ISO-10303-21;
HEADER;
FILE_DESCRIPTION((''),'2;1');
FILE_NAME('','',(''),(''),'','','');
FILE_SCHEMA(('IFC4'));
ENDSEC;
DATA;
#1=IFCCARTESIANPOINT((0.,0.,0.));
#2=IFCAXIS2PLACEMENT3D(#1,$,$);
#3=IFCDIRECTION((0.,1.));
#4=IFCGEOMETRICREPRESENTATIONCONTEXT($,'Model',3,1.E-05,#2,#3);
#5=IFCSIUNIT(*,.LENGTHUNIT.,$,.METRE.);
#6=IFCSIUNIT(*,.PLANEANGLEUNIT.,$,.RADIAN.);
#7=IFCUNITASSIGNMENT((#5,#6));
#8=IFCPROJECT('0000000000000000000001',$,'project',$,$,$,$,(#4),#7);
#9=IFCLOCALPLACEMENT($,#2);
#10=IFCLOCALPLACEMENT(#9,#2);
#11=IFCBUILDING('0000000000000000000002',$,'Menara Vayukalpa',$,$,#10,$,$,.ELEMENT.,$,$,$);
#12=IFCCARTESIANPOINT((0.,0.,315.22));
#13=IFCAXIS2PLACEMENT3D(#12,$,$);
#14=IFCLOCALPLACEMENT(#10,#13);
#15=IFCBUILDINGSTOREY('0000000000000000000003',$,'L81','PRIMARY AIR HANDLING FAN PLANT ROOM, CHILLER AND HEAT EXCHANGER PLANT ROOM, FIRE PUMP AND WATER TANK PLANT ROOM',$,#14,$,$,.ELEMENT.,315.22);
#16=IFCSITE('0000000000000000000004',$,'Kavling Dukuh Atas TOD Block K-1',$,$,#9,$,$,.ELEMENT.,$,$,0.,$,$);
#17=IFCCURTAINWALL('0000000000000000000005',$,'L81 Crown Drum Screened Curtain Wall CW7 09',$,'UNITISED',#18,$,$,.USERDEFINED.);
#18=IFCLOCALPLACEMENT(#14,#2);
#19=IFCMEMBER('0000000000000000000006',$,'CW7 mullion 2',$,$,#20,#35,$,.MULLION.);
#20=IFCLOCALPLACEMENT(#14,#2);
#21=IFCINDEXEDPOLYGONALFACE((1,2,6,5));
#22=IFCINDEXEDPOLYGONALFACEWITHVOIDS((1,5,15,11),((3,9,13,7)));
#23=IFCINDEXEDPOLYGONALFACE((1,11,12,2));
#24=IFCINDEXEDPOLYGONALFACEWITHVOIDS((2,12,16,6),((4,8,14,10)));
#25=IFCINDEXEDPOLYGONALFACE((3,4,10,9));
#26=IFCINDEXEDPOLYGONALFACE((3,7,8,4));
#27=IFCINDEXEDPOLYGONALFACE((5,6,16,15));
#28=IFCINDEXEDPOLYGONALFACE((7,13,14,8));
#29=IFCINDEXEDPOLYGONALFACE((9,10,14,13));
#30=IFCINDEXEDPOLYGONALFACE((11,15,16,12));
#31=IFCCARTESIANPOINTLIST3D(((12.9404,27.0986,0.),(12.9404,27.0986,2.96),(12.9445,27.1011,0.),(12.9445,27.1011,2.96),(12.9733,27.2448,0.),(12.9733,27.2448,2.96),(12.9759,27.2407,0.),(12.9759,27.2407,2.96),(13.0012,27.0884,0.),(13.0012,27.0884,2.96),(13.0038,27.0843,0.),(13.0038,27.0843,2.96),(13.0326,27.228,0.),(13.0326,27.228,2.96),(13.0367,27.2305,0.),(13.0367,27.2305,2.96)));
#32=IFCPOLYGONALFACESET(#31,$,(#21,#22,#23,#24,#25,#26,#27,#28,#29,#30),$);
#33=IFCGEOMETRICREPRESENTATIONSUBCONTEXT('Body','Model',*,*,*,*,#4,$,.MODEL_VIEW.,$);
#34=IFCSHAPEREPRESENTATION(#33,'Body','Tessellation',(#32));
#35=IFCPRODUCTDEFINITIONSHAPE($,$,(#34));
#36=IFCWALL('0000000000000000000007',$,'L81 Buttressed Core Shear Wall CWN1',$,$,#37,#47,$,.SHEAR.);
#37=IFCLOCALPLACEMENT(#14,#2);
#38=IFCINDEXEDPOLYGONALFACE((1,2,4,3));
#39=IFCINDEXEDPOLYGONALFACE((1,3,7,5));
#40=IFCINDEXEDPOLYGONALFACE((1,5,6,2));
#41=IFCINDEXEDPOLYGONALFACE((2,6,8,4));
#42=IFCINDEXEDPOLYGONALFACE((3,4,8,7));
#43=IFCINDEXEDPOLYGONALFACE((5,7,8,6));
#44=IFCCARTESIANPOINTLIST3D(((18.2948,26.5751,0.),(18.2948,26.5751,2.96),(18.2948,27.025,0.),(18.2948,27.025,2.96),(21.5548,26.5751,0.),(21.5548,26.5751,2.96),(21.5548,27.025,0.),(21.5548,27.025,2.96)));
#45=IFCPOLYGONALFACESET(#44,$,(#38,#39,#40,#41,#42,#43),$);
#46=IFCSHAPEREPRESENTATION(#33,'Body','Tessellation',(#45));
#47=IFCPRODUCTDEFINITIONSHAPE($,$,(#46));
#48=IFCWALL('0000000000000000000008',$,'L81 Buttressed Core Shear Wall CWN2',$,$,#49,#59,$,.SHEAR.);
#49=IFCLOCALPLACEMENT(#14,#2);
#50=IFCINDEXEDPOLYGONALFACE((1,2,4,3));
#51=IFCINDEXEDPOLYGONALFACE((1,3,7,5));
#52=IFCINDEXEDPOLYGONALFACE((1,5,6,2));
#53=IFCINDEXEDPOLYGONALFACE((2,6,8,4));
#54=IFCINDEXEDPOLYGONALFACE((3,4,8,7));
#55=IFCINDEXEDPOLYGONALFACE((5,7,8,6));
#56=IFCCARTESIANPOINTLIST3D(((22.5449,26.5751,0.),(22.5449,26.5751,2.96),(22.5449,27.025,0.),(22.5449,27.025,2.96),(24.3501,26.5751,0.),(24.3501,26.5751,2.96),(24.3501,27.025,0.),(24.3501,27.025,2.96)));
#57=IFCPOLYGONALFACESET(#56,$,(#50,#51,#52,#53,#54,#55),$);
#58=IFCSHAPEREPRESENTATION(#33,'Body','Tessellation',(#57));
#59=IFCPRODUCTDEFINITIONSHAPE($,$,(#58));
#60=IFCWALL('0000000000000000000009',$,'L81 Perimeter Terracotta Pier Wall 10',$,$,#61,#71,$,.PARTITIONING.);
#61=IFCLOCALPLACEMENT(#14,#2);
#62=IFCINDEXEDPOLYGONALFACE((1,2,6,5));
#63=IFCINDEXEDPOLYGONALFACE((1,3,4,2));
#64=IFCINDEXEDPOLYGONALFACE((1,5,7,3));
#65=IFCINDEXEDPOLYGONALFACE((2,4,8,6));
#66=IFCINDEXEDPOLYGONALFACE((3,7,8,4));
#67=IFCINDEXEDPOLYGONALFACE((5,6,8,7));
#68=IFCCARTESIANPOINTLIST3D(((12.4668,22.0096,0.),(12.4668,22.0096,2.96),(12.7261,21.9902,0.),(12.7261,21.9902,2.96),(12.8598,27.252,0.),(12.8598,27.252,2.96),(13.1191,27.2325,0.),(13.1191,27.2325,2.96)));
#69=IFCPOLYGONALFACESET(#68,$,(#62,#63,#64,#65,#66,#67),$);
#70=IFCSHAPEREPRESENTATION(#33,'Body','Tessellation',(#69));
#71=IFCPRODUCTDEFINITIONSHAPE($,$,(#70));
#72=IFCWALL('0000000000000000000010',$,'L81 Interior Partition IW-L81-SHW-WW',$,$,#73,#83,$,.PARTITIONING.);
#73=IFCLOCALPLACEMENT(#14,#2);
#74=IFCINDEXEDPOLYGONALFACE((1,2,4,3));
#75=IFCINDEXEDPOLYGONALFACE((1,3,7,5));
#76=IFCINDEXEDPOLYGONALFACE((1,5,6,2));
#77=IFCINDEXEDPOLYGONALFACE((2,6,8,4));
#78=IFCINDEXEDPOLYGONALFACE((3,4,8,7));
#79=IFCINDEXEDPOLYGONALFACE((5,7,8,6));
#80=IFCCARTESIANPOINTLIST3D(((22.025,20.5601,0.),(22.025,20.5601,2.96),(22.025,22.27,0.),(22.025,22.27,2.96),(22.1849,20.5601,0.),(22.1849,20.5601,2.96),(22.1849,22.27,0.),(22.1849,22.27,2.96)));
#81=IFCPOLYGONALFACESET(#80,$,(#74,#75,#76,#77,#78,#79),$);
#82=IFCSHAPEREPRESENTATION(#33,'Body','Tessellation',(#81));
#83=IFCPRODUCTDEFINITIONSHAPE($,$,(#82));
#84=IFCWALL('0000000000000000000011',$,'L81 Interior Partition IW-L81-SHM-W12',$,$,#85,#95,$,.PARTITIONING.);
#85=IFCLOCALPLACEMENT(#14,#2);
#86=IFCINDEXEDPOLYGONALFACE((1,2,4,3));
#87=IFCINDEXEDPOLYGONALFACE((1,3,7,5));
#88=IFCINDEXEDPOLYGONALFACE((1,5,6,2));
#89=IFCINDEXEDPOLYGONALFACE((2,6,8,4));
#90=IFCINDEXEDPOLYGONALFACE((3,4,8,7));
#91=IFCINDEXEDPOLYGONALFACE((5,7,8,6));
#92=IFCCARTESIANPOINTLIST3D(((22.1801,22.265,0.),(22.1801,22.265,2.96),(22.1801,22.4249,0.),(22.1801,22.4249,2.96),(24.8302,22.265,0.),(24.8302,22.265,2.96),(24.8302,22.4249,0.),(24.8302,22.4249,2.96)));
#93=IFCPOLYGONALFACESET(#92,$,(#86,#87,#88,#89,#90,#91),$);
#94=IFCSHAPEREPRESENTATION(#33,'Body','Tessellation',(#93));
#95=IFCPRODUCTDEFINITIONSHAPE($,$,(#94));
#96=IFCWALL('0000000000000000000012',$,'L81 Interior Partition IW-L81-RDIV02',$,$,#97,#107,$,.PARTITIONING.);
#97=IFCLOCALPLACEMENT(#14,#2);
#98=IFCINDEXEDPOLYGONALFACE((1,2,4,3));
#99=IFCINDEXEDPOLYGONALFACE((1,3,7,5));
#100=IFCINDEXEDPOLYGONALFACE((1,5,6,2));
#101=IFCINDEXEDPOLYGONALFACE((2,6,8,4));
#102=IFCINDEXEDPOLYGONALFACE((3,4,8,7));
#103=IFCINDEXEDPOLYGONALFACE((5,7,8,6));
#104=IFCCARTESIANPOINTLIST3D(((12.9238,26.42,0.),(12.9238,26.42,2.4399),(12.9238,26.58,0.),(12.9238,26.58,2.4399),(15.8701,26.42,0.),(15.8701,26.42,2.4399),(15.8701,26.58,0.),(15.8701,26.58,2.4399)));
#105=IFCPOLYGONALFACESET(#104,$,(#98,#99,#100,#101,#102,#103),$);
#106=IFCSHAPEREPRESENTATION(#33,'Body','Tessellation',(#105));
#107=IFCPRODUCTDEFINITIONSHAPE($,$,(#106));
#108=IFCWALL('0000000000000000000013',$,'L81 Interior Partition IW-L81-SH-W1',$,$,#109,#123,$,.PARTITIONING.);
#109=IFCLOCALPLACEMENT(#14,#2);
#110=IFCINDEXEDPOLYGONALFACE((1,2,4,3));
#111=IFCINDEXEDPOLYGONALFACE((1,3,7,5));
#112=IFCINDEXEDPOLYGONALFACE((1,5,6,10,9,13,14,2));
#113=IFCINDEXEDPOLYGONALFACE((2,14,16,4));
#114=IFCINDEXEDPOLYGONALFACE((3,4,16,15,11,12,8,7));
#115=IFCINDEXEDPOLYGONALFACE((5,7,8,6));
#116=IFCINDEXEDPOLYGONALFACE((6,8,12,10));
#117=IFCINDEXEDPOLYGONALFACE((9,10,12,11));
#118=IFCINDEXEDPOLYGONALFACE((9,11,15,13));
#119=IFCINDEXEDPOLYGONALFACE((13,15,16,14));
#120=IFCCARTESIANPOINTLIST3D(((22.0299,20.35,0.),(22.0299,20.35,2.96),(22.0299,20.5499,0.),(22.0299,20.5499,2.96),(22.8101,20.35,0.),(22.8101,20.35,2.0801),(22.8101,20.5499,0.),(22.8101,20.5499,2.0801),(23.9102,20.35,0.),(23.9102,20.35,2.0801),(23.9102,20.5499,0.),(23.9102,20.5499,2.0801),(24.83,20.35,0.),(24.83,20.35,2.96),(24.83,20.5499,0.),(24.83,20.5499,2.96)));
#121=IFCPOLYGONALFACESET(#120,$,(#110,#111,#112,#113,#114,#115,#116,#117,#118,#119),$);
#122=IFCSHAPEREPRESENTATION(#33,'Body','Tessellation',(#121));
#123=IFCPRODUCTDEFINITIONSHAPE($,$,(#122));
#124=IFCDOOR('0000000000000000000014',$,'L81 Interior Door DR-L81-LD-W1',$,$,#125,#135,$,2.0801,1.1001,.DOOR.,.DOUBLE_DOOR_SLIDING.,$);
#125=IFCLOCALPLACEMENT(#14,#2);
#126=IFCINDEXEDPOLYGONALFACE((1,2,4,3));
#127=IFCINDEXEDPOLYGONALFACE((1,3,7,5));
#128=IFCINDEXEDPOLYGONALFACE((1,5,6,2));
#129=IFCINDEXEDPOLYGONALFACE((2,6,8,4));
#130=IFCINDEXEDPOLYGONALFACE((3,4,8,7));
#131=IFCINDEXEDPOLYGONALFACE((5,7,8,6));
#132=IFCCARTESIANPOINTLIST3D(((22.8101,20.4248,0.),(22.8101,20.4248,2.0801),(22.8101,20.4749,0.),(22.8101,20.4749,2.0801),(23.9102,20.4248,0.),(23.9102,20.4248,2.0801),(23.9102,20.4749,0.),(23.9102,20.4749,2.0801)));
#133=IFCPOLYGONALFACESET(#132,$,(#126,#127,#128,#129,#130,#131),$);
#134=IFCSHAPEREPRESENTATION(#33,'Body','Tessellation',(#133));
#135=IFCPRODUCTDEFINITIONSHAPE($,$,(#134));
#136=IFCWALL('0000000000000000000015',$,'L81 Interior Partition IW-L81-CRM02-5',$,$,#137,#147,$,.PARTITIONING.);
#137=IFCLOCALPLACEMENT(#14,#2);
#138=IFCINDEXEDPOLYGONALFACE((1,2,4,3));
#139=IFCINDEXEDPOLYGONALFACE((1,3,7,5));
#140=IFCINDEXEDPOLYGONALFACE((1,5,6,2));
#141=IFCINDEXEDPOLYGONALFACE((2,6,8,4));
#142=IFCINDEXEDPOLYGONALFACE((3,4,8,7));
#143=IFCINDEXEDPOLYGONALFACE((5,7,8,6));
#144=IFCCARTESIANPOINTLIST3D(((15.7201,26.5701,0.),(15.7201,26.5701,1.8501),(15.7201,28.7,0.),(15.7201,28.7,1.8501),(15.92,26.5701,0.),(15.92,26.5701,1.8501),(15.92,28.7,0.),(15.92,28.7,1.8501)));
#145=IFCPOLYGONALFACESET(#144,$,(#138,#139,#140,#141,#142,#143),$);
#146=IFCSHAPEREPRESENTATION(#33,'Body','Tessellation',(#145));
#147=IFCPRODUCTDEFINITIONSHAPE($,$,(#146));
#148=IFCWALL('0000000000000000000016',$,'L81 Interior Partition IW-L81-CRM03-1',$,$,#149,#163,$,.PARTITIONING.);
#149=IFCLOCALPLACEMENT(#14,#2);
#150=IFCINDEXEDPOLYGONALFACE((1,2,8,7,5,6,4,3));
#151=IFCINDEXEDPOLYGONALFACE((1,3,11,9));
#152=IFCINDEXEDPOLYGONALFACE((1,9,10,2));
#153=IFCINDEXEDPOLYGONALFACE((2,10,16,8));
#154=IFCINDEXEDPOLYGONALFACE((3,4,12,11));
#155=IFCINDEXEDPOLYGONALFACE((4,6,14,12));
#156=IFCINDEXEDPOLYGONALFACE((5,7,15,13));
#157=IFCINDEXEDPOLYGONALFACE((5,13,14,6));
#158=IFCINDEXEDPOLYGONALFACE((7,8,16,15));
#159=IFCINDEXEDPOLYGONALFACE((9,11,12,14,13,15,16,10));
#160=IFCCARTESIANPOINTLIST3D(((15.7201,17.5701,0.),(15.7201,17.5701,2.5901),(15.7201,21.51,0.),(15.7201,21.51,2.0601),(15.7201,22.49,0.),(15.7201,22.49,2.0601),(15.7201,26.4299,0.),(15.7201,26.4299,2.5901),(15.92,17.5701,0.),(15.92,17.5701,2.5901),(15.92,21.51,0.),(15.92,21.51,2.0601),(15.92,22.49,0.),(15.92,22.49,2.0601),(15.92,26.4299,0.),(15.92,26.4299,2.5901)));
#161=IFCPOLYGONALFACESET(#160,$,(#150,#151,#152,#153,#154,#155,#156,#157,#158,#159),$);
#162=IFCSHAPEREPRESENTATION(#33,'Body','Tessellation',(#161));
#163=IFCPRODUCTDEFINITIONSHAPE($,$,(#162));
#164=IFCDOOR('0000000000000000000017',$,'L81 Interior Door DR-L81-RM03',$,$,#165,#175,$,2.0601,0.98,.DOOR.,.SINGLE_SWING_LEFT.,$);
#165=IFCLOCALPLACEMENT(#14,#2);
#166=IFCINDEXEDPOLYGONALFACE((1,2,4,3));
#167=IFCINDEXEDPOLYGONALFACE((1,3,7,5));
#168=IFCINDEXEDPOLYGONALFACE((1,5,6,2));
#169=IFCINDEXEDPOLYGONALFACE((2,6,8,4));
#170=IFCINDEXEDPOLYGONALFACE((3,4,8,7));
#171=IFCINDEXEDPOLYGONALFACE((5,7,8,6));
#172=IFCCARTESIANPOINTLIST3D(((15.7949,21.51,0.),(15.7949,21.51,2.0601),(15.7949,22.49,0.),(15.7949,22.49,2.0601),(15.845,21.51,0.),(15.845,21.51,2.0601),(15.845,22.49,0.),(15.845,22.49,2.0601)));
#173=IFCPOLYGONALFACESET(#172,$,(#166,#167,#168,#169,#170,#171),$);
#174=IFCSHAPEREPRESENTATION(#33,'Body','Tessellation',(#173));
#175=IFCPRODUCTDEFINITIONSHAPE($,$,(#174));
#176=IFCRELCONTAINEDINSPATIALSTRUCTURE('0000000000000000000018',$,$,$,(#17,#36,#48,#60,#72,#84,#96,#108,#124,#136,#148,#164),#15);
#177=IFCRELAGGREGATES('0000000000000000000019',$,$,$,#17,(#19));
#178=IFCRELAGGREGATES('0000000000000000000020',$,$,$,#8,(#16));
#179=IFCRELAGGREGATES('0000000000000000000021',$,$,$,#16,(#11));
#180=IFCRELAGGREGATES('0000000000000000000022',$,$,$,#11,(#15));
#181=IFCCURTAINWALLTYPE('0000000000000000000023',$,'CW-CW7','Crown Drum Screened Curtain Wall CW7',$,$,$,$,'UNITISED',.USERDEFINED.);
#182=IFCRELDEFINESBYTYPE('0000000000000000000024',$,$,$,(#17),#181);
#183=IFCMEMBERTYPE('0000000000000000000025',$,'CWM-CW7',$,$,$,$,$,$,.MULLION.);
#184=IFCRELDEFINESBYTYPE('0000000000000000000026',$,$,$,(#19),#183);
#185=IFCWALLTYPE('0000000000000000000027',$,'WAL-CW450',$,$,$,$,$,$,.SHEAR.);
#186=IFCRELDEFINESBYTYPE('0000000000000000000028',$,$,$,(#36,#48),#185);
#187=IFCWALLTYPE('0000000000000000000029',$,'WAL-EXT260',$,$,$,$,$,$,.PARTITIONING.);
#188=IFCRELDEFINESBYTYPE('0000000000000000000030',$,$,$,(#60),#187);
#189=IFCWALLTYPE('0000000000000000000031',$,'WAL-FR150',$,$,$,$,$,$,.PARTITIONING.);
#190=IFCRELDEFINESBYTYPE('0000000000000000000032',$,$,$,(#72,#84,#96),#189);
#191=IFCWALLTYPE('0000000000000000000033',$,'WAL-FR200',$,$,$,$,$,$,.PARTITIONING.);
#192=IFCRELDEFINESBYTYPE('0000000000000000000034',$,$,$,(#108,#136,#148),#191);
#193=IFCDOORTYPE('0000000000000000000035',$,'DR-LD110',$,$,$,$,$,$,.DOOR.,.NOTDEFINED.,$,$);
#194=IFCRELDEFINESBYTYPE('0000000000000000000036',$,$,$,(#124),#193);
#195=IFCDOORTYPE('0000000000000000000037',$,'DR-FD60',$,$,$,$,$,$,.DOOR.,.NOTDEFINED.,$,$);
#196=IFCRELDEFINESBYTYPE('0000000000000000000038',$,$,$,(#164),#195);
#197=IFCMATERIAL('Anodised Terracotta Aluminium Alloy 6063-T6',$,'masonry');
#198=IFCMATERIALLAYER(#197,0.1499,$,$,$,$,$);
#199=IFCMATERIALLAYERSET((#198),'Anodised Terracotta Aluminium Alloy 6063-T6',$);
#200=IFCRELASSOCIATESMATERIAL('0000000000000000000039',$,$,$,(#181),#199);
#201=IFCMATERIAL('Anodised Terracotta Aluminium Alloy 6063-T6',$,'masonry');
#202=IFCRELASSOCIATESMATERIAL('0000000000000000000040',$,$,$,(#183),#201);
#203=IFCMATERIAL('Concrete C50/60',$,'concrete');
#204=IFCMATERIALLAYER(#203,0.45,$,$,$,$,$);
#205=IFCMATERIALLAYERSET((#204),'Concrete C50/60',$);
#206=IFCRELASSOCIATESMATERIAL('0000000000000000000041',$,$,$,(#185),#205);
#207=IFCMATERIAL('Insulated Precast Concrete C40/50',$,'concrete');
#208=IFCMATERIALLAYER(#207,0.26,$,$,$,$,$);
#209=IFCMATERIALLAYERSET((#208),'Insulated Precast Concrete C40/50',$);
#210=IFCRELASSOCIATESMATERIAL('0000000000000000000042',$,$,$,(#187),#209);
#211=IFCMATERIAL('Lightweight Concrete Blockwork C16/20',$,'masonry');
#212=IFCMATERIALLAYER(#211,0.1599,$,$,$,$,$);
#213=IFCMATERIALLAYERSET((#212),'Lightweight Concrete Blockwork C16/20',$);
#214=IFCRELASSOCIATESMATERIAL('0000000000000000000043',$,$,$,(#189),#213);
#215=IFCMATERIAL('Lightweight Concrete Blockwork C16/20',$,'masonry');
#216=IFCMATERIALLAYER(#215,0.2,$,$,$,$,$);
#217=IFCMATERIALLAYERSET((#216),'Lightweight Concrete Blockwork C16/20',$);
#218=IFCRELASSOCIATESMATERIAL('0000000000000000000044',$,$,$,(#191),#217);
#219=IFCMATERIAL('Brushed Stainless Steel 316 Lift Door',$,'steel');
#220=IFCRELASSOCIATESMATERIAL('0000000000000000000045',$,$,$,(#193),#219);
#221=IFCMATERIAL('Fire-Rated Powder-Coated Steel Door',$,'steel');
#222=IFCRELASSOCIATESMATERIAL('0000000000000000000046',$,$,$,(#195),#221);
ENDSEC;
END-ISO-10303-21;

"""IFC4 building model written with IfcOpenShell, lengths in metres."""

from ifc_helpers import new_model, si_unit, direction, frame, frame_2d, origin, origin_2d, place, context, subcontext, project, spatial, rectangle, hollow_rectangle, extrude, material, layer, layer_set, material_profile, profile_set, type_object, element, fill, aggregate, save


model = new_model("IFC4")

# Units and contexts
model_context = context("Model", 3, precision=1e-05, world=origin(), true_north=direction((0.0, 1.0)))
body_context = subcontext(model_context, "Body", "Model", "MODEL_VIEW")
ifc_project = project(units=[si_unit("LENGTHUNIT", "METRE"), si_unit("PLANEANGLEUNIT", "RADIAN")], contexts=[model_context])

# Site, building, storey
site_placement = place(None, origin())
site = spatial("IfcSite", under=ifc_project, at=site_placement, Name="Kavling Dukuh Atas TOD Block K-1", CompositionType="ELEMENT", RefElevation=0.0)
building_placement = place(site_placement, origin())
building = spatial("IfcBuilding", under=site, at=building_placement, Name="Menara Vayukalpa", CompositionType="ELEMENT")
storey_placement = place(building_placement, frame((0.0, 0.0, 315.22)))
storey = spatial("IfcBuildingStorey", under=building, at=storey_placement, Name="L81", Description="PRIMARY AIR HANDLING FAN PLANT ROOM, CHILLER AND HEAT EXCHANGER PLANT ROOM, FIRE PUMP AND WATER TANK PLANT ROOM", CompositionType="ELEMENT", Elevation=315.22)

# Curtain wall, member
ifc_material_1 = material(Name="Anodised Terracotta Aluminium Alloy 6063-T6", Category="masonry")
ifc_layer_1 = layer(ifc_material_1, 0.1499)
ifc_layer_set_1 = layer_set([ifc_layer_1], Name="Anodised Terracotta Aluminium Alloy 6063-T6")
curtain_wall_type = type_object("IfcCurtainWallType", Name="CW-CW7", Description="Crown Drum Screened Curtain Wall CW7", ElementType="UNITISED", PredefinedType="USERDEFINED", material=ifc_layer_set_1)
curtain_wall_placement = place(storey_placement, origin())
curtain_wall = element("IfcCurtainWall", 1, at=curtain_wall_placement, inside=storey, type_object=curtain_wall_type, Name="L81 Crown Drum Screened Curtain Wall CW7 09", ObjectType="UNITISED", PredefinedType="USERDEFINED")
ifc_material_2 = material(Name="Anodised Terracotta Aluminium Alloy 6063-T6", Category="masonry")
ifc_material_profile_1 = material_profile(ifc_material_2, hollow_rectangle(XDim=0.0649, YDim=0.1499, WallThickness=0.0034, at=origin_2d()), Name="ALU 65x150x3.5")
ifc_profile_set_1 = profile_set([ifc_material_profile_1], Name="Anodised Terracotta Aluminium Alloy 6063-T6")
member_type = type_object("IfcMemberType", Name="CWM-CW7", PredefinedType="MULLION", material=ifc_profile_set_1)
member_placement = place(storey_placement, frame((12.9885, 27.1646, 0.0), z_axis=(0.0, 0.0, 1.0), x_axis=(0.975609, -0.219516, 0.0)))
member = element("IfcMember", 2, at=member_placement, type_object=member_type, Name="CW7 mullion 2", PredefinedType="MULLION", context=body_context, shape_type="SweptSolid", body=[
    extrude(hollow_rectangle(XDim=0.0649, YDim=0.1499, WallThickness=0.0034, at=origin_2d()), origin(), (0.0, 0.0, 1.0), 2.96),
])
aggregate(curtain_wall, [member])

# Walls
ifc_material_3 = material(Name="Concrete C50/60", Category="concrete")
ifc_layer_2 = layer(ifc_material_3, 0.45)
ifc_layer_set_2 = layer_set([ifc_layer_2], Name="Concrete C50/60")
wall_type_1 = type_object("IfcWallType", Name="WAL-CW450", PredefinedType="SHEAR", material=ifc_layer_set_2)
wall_1_placement = place(storey_placement, frame((18.2949, 26.8, 0.0), z_axis=(0.0, 0.0, 1.0), x_axis=(1.0, 0.0, 0.0)))
element("IfcWall", 3, at=wall_1_placement, inside=storey, type_object=wall_type_1, Name="L81 Buttressed Core Shear Wall CWN1", PredefinedType="SHEAR", context=body_context, shape_type="SweptSolid", body=[
    extrude(rectangle(XDim=3.26, YDim=0.45, at=frame_2d((1.6299, 0.0))), origin(), (0.0, 0.0, 1.0), 2.96),
])
wall_2_placement = place(storey_placement, frame((22.5449, 26.8, 0.0), z_axis=(0.0, 0.0, 1.0), x_axis=(1.0, 0.0, 0.0)))
element("IfcWall", 4, at=wall_2_placement, inside=storey, type_object=wall_type_1, Name="L81 Buttressed Core Shear Wall CWN2", PredefinedType="SHEAR", context=body_context, shape_type="SweptSolid", body=[
    extrude(rectangle(XDim=1.8052, YDim=0.45, at=frame_2d((0.9026, 0.0))), origin(), (0.0, 0.0, 1.0), 2.96),
])
ifc_material_4 = material(Name="Insulated Precast Concrete C40/50", Category="concrete")
ifc_layer_3 = layer(ifc_material_4, 0.26)
ifc_layer_set_3 = layer_set([ifc_layer_3], Name="Insulated Precast Concrete C40/50")
wall_type_2 = type_object("IfcWallType", Name="WAL-EXT260", PredefinedType="PARTITIONING", material=ifc_layer_set_3)
wall_3_placement = place(storey_placement, frame((12.5964, 22.0, 0.0), z_axis=(0.0, 0.0, 1.0), x_axis=(0.074768, 0.997201, 0.0)))
element("IfcWall", 5, at=wall_3_placement, inside=storey, type_object=wall_type_2, Name="L81 Perimeter Terracotta Pier Wall 10", PredefinedType="PARTITIONING", context=body_context, shape_type="SweptSolid", body=[
    extrude(rectangle(XDim=5.2571, YDim=0.26, at=frame_2d((2.6284, 0.0))), origin(), (0.0, 0.0, 1.0), 2.96),
])
ifc_material_5 = material(Name="Lightweight Concrete Blockwork C16/20", Category="masonry")
ifc_layer_4 = layer(ifc_material_5, 0.1599)
ifc_layer_set_4 = layer_set([ifc_layer_4], Name="Lightweight Concrete Blockwork C16/20")
wall_type_3 = type_object("IfcWallType", Name="WAL-FR150", PredefinedType="PARTITIONING", material=ifc_layer_set_4)
wall_4_placement = place(storey_placement, frame((22.105, 20.5601, 0.0), z_axis=(0.0, 0.0, 1.0), x_axis=(0.0, 1.0, 0.0)))
element("IfcWall", 6, at=wall_4_placement, inside=storey, type_object=wall_type_3, Name="L81 Interior Partition IW-L81-SHW-WW", PredefinedType="PARTITIONING", context=body_context, shape_type="SweptSolid", body=[
    extrude(rectangle(XDim=1.71, YDim=0.1599, at=frame_2d((0.855, 0.0))), origin(), (0.0, 0.0, 1.0), 2.96),
])
wall_5_placement = place(storey_placement, frame((22.1799, 22.345, 0.0), z_axis=(0.0, 0.0, 1.0), x_axis=(1.0, 0.0, 0.0)))
element("IfcWall", 7, at=wall_5_placement, inside=storey, type_object=wall_type_3, Name="L81 Interior Partition IW-L81-SHM-W12", PredefinedType="PARTITIONING", context=body_context, shape_type="SweptSolid", body=[
    extrude(rectangle(XDim=2.6501, YDim=0.1599, at=frame_2d((1.3252, 0.0))), origin(), (0.0, 0.0, 1.0), 2.96),
])
wall_6_placement = place(storey_placement, frame((12.9238, 26.5, 0.0), z_axis=(0.0, 0.0, 1.0), x_axis=(1.0, 0.0, 0.0)))
element("IfcWall", 8, at=wall_6_placement, inside=storey, type_object=wall_type_3, Name="L81 Interior Partition IW-L81-RDIV02", PredefinedType="PARTITIONING", context=body_context, shape_type="SweptSolid", body=[
    extrude(rectangle(XDim=2.9463, YDim=0.1599, at=frame_2d((1.4731, 0.0))), origin(), (0.0, 0.0, 1.0), 2.4399),
])

# Wall, opening, door
ifc_material_6 = material(Name="Lightweight Concrete Blockwork C16/20", Category="masonry")
ifc_layer_5 = layer(ifc_material_6, 0.2)
ifc_layer_set_5 = layer_set([ifc_layer_5], Name="Lightweight Concrete Blockwork C16/20")
wall_type_4 = type_object("IfcWallType", Name="WAL-FR200", PredefinedType="PARTITIONING", material=ifc_layer_set_5)
wall_7_placement = place(storey_placement, frame((22.03, 20.45, 0.0), z_axis=(0.0, 0.0, 1.0), x_axis=(1.0, 0.0, 0.0)))
wall_7 = element("IfcWall", 9, at=wall_7_placement, inside=storey, type_object=wall_type_4, Name="L81 Interior Partition IW-L81-SH-W1", PredefinedType="PARTITIONING", context=body_context, shape_type="SweptSolid", body=[
    extrude(rectangle(XDim=2.8, YDim=0.2, at=frame_2d((1.3999, 0.0))), origin(), (0.0, 0.0, 1.0), 2.96),
])
opening_1_placement = place(wall_7_placement, frame((0.78, 0.0, 0.0)))
opening_1 = element("IfcOpeningElement", 10, at=opening_1_placement, cuts=wall_7, PredefinedType="OPENING", context=body_context, shape_type="SweptSolid", body=[
    extrude(rectangle(XDim=1.1001, YDim=2.0801, at=frame_2d((0.55, 1.04))), frame((0.0, 0.1099, 0.0), z_axis=(0.0, -1.0, 0.0), x_axis=(1.0, 0.0, 0.0)), (0.0, 0.0, 1.0), 0.22),
])
ifc_material_7 = material(Name="Brushed Stainless Steel 316 Lift Door", Category="steel")
door_type_1 = type_object("IfcDoorType", Name="DR-LD110", OperationType="NOTDEFINED", PredefinedType="DOOR", material=ifc_material_7)
door_1_placement = place(opening_1_placement, origin())
door_1 = element("IfcDoor", 11, at=door_1_placement, inside=storey, type_object=door_type_1, Name="L81 Interior Door DR-L81-LD-W1", OperationType="DOUBLE_DOOR_SLIDING", OverallHeight=2.0801, OverallWidth=1.1001, PredefinedType="DOOR", context=body_context, shape_type="SweptSolid", body=[
    extrude(rectangle(XDim=1.1001, YDim=2.0801, at=frame_2d((0.55, 1.04))), frame((0.0, 0.0249, 0.0), z_axis=(0.0, -1.0, 0.0), x_axis=(1.0, 0.0, 0.0)), (0.0, 0.0, 1.0), 0.05),
])
fill(opening_1, door_1)

# Wall
wall_8_placement = place(storey_placement, frame((15.8201, 28.7, 0.0), z_axis=(0.0, 0.0, 1.0), x_axis=(0.0, -1.0, 0.0)))
element("IfcWall", 12, at=wall_8_placement, inside=storey, type_object=wall_type_4, Name="L81 Interior Partition IW-L81-CRM02-5", PredefinedType="PARTITIONING", context=body_context, shape_type="SweptSolid", body=[
    extrude(rectangle(XDim=2.1299, YDim=0.2, at=frame_2d((1.0649, 0.0))), origin(), (0.0, 0.0, 1.0), 1.8501),
])

# Wall, opening, door
wall_9_placement = place(storey_placement, frame((15.8201, 26.4299, 0.0), z_axis=(0.0, 0.0, 1.0), x_axis=(0.0, -1.0, 0.0)))
wall_9 = element("IfcWall", 13, at=wall_9_placement, inside=storey, type_object=wall_type_4, Name="L81 Interior Partition IW-L81-CRM03-1", PredefinedType="PARTITIONING", context=body_context, shape_type="SweptSolid", body=[
    extrude(rectangle(XDim=8.8599, YDim=0.2, at=frame_2d((4.4299, 0.0))), origin(), (0.0, 0.0, 1.0), 2.5901),
])
opening_2_placement = place(wall_9_placement, frame((3.9399, 0.0, 0.0)))
opening_2 = element("IfcOpeningElement", 14, at=opening_2_placement, cuts=wall_9, PredefinedType="OPENING", context=body_context, shape_type="SweptSolid", body=[
    extrude(rectangle(XDim=0.98, YDim=2.0601, at=frame_2d((0.49, 1.03))), frame((0.0, 0.1099, 0.0), z_axis=(0.0, -1.0, 0.0), x_axis=(1.0, 0.0, 0.0)), (0.0, 0.0, 1.0), 0.22),
])
ifc_material_8 = material(Name="Fire-Rated Powder-Coated Steel Door", Category="steel")
door_type_2 = type_object("IfcDoorType", Name="DR-FD60", OperationType="NOTDEFINED", PredefinedType="DOOR", material=ifc_material_8)
door_2_placement = place(opening_2_placement, origin())
door_2 = element("IfcDoor", 15, at=door_2_placement, inside=storey, type_object=door_type_2, Name="L81 Interior Door DR-L81-RM03", OperationType="SINGLE_SWING_LEFT", OverallHeight=2.0601, OverallWidth=0.98, PredefinedType="DOOR", context=body_context, shape_type="SweptSolid", body=[
    extrude(rectangle(XDim=0.98, YDim=2.0601, at=frame_2d((0.49, 1.03))), frame((0.0, 0.0249, 0.0), z_axis=(0.0, -1.0, 0.0), x_axis=(1.0, 0.0, 0.0)), (0.0, 0.0, 1.0), 0.05),
])
fill(opening_2, door_2)

save(model, "model.ifc")
